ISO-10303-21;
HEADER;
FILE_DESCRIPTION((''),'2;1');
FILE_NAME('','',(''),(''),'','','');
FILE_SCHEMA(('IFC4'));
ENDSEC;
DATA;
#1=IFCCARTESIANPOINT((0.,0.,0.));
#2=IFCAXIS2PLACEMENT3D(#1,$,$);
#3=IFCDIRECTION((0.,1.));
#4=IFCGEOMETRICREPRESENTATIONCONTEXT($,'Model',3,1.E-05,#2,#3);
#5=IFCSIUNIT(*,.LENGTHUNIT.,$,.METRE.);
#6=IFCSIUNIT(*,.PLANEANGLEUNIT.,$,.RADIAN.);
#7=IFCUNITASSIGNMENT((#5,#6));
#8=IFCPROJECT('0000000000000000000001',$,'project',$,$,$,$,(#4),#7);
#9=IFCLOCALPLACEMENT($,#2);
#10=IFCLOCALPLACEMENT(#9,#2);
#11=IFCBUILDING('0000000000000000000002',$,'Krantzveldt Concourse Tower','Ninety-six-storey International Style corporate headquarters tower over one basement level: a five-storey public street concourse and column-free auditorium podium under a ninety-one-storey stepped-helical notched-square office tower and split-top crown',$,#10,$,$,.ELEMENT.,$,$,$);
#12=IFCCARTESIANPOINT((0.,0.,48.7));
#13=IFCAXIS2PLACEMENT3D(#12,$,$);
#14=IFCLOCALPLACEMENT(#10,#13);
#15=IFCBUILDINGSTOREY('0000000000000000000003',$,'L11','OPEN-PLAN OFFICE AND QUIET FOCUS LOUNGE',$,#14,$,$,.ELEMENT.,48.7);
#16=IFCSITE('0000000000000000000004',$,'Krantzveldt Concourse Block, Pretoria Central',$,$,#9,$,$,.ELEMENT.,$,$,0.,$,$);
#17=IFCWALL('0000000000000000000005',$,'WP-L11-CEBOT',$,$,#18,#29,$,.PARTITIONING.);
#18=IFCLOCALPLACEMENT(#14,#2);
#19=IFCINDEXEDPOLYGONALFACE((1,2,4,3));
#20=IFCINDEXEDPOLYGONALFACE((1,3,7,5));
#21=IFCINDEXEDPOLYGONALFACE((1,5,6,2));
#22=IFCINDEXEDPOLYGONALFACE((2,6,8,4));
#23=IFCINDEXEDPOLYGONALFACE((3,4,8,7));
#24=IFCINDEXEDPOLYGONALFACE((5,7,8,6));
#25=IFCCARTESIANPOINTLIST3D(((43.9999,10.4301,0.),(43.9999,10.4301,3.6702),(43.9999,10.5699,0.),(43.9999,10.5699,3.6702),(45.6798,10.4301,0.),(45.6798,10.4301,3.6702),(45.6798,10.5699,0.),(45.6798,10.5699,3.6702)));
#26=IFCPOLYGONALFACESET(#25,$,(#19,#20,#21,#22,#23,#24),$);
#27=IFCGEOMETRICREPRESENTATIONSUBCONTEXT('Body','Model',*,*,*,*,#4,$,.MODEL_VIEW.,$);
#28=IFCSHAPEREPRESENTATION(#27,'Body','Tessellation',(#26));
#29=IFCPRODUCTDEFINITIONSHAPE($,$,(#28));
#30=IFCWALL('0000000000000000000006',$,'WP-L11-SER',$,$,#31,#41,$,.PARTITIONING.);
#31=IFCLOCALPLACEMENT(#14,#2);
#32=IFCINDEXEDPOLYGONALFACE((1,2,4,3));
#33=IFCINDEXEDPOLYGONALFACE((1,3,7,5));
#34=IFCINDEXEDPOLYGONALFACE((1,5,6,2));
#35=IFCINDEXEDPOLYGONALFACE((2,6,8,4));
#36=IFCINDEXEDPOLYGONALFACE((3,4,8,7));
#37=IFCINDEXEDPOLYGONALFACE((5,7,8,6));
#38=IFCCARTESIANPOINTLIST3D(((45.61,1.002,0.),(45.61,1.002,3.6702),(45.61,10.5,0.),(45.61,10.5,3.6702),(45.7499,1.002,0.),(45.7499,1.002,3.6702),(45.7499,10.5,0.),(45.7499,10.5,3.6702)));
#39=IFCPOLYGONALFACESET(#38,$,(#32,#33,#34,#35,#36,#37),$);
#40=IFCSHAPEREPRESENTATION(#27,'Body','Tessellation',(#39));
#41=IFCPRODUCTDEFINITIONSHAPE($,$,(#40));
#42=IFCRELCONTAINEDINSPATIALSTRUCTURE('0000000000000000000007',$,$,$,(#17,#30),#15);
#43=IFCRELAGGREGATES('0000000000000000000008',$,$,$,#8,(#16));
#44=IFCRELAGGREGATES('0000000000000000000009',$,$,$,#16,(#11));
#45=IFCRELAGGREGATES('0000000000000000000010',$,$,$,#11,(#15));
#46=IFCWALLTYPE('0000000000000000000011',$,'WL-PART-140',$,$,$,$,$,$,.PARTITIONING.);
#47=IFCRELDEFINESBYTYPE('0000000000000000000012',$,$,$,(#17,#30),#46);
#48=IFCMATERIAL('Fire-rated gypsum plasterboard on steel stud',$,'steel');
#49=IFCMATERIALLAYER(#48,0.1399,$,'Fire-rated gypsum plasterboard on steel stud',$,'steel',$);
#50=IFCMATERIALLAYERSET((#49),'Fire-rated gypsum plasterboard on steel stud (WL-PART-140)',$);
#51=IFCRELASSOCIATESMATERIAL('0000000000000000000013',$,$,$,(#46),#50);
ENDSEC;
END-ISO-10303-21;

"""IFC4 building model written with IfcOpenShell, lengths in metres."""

from ifc_helpers import new_model, si_unit, direction, frame, frame_2d, origin, place, context, subcontext, project, spatial, rectangle, extrude, material, layer, layer_set, type_object, element, save


model = new_model("IFC4")

# Units and contexts
model_context = context("Model", 3, precision=1e-05, world=origin(), true_north=direction((0.0, 1.0)))
body_context = subcontext(model_context, "Body", "Model", "MODEL_VIEW")
ifc_project = project(units=[si_unit("LENGTHUNIT", "METRE"), si_unit("PLANEANGLEUNIT", "RADIAN")], contexts=[model_context])

# Site, building, storey
site_placement = place(None, origin())
site = spatial("IfcSite", under=ifc_project, at=site_placement, Name="Krantzveldt Concourse Block, Pretoria Central", CompositionType="ELEMENT", RefElevation=0.0)
building_placement = place(site_placement, origin())
building = spatial("IfcBuilding", under=site, at=building_placement, Name="Krantzveldt Concourse Tower", Description="Ninety-six-storey International Style corporate headquarters tower over one basement level: a five-storey public street concourse and column-free auditorium podium under a ninety-one-storey stepped-helical notched-square office tower and split-top crown", CompositionType="ELEMENT")
storey_placement = place(building_placement, frame((0.0, 0.0, 48.7)))
storey = spatial("IfcBuildingStorey", under=building, at=storey_placement, Name="L11", Description="OPEN-PLAN OFFICE AND QUIET FOCUS LOUNGE", CompositionType="ELEMENT", Elevation=48.7)

# Shared definitions
ifc_material_1 = material(Name="Fire-rated gypsum plasterboard on steel stud", Category="steel")
ifc_layer_1 = layer(ifc_material_1, 0.1399, Name="Fire-rated gypsum plasterboard on steel stud", Category="steel")
ifc_layer_set_1 = layer_set([ifc_layer_1], Name="Fire-rated gypsum plasterboard on steel stud (WL-PART-140)")
wall_type_1 = type_object("IfcWallType", Name="WL-PART-140", PredefinedType="PARTITIONING", material=ifc_layer_set_1)

# Walls
wall_1_placement = place(storey_placement, frame((44.0, 10.5, 0.0), z_axis=(0.0, 0.0, 1.0), x_axis=(1.0, 0.0, 0.0)))
element("IfcWall", 1, at=wall_1_placement, inside=storey, type_object=wall_type_1, Name="WP-L11-CEBOT", PredefinedType="PARTITIONING", context=body_context, shape_type="SweptSolid", body=[
    extrude(rectangle(XDim=1.6799, YDim=0.1399, at=frame_2d((0.8398, 0.0))), origin(), (0.0, 0.0, 1.0), 3.6702),
])
wall_2_placement = place(storey_placement, frame((45.6799, 1.002, 0.0), z_axis=(0.0, 0.0, 1.0), x_axis=(0.0, 1.0, 0.0)))
element("IfcWall", 2, at=wall_2_placement, inside=storey, type_object=wall_type_1, Name="WP-L11-SER", PredefinedType="PARTITIONING", context=body_context, shape_type="SweptSolid", body=[
    extrude(rectangle(XDim=9.498, YDim=0.1399, at=frame_2d((4.749, 0.0))), origin(), (0.0, 0.0, 1.0), 3.6702),
])

save(model, "model.ifc")
